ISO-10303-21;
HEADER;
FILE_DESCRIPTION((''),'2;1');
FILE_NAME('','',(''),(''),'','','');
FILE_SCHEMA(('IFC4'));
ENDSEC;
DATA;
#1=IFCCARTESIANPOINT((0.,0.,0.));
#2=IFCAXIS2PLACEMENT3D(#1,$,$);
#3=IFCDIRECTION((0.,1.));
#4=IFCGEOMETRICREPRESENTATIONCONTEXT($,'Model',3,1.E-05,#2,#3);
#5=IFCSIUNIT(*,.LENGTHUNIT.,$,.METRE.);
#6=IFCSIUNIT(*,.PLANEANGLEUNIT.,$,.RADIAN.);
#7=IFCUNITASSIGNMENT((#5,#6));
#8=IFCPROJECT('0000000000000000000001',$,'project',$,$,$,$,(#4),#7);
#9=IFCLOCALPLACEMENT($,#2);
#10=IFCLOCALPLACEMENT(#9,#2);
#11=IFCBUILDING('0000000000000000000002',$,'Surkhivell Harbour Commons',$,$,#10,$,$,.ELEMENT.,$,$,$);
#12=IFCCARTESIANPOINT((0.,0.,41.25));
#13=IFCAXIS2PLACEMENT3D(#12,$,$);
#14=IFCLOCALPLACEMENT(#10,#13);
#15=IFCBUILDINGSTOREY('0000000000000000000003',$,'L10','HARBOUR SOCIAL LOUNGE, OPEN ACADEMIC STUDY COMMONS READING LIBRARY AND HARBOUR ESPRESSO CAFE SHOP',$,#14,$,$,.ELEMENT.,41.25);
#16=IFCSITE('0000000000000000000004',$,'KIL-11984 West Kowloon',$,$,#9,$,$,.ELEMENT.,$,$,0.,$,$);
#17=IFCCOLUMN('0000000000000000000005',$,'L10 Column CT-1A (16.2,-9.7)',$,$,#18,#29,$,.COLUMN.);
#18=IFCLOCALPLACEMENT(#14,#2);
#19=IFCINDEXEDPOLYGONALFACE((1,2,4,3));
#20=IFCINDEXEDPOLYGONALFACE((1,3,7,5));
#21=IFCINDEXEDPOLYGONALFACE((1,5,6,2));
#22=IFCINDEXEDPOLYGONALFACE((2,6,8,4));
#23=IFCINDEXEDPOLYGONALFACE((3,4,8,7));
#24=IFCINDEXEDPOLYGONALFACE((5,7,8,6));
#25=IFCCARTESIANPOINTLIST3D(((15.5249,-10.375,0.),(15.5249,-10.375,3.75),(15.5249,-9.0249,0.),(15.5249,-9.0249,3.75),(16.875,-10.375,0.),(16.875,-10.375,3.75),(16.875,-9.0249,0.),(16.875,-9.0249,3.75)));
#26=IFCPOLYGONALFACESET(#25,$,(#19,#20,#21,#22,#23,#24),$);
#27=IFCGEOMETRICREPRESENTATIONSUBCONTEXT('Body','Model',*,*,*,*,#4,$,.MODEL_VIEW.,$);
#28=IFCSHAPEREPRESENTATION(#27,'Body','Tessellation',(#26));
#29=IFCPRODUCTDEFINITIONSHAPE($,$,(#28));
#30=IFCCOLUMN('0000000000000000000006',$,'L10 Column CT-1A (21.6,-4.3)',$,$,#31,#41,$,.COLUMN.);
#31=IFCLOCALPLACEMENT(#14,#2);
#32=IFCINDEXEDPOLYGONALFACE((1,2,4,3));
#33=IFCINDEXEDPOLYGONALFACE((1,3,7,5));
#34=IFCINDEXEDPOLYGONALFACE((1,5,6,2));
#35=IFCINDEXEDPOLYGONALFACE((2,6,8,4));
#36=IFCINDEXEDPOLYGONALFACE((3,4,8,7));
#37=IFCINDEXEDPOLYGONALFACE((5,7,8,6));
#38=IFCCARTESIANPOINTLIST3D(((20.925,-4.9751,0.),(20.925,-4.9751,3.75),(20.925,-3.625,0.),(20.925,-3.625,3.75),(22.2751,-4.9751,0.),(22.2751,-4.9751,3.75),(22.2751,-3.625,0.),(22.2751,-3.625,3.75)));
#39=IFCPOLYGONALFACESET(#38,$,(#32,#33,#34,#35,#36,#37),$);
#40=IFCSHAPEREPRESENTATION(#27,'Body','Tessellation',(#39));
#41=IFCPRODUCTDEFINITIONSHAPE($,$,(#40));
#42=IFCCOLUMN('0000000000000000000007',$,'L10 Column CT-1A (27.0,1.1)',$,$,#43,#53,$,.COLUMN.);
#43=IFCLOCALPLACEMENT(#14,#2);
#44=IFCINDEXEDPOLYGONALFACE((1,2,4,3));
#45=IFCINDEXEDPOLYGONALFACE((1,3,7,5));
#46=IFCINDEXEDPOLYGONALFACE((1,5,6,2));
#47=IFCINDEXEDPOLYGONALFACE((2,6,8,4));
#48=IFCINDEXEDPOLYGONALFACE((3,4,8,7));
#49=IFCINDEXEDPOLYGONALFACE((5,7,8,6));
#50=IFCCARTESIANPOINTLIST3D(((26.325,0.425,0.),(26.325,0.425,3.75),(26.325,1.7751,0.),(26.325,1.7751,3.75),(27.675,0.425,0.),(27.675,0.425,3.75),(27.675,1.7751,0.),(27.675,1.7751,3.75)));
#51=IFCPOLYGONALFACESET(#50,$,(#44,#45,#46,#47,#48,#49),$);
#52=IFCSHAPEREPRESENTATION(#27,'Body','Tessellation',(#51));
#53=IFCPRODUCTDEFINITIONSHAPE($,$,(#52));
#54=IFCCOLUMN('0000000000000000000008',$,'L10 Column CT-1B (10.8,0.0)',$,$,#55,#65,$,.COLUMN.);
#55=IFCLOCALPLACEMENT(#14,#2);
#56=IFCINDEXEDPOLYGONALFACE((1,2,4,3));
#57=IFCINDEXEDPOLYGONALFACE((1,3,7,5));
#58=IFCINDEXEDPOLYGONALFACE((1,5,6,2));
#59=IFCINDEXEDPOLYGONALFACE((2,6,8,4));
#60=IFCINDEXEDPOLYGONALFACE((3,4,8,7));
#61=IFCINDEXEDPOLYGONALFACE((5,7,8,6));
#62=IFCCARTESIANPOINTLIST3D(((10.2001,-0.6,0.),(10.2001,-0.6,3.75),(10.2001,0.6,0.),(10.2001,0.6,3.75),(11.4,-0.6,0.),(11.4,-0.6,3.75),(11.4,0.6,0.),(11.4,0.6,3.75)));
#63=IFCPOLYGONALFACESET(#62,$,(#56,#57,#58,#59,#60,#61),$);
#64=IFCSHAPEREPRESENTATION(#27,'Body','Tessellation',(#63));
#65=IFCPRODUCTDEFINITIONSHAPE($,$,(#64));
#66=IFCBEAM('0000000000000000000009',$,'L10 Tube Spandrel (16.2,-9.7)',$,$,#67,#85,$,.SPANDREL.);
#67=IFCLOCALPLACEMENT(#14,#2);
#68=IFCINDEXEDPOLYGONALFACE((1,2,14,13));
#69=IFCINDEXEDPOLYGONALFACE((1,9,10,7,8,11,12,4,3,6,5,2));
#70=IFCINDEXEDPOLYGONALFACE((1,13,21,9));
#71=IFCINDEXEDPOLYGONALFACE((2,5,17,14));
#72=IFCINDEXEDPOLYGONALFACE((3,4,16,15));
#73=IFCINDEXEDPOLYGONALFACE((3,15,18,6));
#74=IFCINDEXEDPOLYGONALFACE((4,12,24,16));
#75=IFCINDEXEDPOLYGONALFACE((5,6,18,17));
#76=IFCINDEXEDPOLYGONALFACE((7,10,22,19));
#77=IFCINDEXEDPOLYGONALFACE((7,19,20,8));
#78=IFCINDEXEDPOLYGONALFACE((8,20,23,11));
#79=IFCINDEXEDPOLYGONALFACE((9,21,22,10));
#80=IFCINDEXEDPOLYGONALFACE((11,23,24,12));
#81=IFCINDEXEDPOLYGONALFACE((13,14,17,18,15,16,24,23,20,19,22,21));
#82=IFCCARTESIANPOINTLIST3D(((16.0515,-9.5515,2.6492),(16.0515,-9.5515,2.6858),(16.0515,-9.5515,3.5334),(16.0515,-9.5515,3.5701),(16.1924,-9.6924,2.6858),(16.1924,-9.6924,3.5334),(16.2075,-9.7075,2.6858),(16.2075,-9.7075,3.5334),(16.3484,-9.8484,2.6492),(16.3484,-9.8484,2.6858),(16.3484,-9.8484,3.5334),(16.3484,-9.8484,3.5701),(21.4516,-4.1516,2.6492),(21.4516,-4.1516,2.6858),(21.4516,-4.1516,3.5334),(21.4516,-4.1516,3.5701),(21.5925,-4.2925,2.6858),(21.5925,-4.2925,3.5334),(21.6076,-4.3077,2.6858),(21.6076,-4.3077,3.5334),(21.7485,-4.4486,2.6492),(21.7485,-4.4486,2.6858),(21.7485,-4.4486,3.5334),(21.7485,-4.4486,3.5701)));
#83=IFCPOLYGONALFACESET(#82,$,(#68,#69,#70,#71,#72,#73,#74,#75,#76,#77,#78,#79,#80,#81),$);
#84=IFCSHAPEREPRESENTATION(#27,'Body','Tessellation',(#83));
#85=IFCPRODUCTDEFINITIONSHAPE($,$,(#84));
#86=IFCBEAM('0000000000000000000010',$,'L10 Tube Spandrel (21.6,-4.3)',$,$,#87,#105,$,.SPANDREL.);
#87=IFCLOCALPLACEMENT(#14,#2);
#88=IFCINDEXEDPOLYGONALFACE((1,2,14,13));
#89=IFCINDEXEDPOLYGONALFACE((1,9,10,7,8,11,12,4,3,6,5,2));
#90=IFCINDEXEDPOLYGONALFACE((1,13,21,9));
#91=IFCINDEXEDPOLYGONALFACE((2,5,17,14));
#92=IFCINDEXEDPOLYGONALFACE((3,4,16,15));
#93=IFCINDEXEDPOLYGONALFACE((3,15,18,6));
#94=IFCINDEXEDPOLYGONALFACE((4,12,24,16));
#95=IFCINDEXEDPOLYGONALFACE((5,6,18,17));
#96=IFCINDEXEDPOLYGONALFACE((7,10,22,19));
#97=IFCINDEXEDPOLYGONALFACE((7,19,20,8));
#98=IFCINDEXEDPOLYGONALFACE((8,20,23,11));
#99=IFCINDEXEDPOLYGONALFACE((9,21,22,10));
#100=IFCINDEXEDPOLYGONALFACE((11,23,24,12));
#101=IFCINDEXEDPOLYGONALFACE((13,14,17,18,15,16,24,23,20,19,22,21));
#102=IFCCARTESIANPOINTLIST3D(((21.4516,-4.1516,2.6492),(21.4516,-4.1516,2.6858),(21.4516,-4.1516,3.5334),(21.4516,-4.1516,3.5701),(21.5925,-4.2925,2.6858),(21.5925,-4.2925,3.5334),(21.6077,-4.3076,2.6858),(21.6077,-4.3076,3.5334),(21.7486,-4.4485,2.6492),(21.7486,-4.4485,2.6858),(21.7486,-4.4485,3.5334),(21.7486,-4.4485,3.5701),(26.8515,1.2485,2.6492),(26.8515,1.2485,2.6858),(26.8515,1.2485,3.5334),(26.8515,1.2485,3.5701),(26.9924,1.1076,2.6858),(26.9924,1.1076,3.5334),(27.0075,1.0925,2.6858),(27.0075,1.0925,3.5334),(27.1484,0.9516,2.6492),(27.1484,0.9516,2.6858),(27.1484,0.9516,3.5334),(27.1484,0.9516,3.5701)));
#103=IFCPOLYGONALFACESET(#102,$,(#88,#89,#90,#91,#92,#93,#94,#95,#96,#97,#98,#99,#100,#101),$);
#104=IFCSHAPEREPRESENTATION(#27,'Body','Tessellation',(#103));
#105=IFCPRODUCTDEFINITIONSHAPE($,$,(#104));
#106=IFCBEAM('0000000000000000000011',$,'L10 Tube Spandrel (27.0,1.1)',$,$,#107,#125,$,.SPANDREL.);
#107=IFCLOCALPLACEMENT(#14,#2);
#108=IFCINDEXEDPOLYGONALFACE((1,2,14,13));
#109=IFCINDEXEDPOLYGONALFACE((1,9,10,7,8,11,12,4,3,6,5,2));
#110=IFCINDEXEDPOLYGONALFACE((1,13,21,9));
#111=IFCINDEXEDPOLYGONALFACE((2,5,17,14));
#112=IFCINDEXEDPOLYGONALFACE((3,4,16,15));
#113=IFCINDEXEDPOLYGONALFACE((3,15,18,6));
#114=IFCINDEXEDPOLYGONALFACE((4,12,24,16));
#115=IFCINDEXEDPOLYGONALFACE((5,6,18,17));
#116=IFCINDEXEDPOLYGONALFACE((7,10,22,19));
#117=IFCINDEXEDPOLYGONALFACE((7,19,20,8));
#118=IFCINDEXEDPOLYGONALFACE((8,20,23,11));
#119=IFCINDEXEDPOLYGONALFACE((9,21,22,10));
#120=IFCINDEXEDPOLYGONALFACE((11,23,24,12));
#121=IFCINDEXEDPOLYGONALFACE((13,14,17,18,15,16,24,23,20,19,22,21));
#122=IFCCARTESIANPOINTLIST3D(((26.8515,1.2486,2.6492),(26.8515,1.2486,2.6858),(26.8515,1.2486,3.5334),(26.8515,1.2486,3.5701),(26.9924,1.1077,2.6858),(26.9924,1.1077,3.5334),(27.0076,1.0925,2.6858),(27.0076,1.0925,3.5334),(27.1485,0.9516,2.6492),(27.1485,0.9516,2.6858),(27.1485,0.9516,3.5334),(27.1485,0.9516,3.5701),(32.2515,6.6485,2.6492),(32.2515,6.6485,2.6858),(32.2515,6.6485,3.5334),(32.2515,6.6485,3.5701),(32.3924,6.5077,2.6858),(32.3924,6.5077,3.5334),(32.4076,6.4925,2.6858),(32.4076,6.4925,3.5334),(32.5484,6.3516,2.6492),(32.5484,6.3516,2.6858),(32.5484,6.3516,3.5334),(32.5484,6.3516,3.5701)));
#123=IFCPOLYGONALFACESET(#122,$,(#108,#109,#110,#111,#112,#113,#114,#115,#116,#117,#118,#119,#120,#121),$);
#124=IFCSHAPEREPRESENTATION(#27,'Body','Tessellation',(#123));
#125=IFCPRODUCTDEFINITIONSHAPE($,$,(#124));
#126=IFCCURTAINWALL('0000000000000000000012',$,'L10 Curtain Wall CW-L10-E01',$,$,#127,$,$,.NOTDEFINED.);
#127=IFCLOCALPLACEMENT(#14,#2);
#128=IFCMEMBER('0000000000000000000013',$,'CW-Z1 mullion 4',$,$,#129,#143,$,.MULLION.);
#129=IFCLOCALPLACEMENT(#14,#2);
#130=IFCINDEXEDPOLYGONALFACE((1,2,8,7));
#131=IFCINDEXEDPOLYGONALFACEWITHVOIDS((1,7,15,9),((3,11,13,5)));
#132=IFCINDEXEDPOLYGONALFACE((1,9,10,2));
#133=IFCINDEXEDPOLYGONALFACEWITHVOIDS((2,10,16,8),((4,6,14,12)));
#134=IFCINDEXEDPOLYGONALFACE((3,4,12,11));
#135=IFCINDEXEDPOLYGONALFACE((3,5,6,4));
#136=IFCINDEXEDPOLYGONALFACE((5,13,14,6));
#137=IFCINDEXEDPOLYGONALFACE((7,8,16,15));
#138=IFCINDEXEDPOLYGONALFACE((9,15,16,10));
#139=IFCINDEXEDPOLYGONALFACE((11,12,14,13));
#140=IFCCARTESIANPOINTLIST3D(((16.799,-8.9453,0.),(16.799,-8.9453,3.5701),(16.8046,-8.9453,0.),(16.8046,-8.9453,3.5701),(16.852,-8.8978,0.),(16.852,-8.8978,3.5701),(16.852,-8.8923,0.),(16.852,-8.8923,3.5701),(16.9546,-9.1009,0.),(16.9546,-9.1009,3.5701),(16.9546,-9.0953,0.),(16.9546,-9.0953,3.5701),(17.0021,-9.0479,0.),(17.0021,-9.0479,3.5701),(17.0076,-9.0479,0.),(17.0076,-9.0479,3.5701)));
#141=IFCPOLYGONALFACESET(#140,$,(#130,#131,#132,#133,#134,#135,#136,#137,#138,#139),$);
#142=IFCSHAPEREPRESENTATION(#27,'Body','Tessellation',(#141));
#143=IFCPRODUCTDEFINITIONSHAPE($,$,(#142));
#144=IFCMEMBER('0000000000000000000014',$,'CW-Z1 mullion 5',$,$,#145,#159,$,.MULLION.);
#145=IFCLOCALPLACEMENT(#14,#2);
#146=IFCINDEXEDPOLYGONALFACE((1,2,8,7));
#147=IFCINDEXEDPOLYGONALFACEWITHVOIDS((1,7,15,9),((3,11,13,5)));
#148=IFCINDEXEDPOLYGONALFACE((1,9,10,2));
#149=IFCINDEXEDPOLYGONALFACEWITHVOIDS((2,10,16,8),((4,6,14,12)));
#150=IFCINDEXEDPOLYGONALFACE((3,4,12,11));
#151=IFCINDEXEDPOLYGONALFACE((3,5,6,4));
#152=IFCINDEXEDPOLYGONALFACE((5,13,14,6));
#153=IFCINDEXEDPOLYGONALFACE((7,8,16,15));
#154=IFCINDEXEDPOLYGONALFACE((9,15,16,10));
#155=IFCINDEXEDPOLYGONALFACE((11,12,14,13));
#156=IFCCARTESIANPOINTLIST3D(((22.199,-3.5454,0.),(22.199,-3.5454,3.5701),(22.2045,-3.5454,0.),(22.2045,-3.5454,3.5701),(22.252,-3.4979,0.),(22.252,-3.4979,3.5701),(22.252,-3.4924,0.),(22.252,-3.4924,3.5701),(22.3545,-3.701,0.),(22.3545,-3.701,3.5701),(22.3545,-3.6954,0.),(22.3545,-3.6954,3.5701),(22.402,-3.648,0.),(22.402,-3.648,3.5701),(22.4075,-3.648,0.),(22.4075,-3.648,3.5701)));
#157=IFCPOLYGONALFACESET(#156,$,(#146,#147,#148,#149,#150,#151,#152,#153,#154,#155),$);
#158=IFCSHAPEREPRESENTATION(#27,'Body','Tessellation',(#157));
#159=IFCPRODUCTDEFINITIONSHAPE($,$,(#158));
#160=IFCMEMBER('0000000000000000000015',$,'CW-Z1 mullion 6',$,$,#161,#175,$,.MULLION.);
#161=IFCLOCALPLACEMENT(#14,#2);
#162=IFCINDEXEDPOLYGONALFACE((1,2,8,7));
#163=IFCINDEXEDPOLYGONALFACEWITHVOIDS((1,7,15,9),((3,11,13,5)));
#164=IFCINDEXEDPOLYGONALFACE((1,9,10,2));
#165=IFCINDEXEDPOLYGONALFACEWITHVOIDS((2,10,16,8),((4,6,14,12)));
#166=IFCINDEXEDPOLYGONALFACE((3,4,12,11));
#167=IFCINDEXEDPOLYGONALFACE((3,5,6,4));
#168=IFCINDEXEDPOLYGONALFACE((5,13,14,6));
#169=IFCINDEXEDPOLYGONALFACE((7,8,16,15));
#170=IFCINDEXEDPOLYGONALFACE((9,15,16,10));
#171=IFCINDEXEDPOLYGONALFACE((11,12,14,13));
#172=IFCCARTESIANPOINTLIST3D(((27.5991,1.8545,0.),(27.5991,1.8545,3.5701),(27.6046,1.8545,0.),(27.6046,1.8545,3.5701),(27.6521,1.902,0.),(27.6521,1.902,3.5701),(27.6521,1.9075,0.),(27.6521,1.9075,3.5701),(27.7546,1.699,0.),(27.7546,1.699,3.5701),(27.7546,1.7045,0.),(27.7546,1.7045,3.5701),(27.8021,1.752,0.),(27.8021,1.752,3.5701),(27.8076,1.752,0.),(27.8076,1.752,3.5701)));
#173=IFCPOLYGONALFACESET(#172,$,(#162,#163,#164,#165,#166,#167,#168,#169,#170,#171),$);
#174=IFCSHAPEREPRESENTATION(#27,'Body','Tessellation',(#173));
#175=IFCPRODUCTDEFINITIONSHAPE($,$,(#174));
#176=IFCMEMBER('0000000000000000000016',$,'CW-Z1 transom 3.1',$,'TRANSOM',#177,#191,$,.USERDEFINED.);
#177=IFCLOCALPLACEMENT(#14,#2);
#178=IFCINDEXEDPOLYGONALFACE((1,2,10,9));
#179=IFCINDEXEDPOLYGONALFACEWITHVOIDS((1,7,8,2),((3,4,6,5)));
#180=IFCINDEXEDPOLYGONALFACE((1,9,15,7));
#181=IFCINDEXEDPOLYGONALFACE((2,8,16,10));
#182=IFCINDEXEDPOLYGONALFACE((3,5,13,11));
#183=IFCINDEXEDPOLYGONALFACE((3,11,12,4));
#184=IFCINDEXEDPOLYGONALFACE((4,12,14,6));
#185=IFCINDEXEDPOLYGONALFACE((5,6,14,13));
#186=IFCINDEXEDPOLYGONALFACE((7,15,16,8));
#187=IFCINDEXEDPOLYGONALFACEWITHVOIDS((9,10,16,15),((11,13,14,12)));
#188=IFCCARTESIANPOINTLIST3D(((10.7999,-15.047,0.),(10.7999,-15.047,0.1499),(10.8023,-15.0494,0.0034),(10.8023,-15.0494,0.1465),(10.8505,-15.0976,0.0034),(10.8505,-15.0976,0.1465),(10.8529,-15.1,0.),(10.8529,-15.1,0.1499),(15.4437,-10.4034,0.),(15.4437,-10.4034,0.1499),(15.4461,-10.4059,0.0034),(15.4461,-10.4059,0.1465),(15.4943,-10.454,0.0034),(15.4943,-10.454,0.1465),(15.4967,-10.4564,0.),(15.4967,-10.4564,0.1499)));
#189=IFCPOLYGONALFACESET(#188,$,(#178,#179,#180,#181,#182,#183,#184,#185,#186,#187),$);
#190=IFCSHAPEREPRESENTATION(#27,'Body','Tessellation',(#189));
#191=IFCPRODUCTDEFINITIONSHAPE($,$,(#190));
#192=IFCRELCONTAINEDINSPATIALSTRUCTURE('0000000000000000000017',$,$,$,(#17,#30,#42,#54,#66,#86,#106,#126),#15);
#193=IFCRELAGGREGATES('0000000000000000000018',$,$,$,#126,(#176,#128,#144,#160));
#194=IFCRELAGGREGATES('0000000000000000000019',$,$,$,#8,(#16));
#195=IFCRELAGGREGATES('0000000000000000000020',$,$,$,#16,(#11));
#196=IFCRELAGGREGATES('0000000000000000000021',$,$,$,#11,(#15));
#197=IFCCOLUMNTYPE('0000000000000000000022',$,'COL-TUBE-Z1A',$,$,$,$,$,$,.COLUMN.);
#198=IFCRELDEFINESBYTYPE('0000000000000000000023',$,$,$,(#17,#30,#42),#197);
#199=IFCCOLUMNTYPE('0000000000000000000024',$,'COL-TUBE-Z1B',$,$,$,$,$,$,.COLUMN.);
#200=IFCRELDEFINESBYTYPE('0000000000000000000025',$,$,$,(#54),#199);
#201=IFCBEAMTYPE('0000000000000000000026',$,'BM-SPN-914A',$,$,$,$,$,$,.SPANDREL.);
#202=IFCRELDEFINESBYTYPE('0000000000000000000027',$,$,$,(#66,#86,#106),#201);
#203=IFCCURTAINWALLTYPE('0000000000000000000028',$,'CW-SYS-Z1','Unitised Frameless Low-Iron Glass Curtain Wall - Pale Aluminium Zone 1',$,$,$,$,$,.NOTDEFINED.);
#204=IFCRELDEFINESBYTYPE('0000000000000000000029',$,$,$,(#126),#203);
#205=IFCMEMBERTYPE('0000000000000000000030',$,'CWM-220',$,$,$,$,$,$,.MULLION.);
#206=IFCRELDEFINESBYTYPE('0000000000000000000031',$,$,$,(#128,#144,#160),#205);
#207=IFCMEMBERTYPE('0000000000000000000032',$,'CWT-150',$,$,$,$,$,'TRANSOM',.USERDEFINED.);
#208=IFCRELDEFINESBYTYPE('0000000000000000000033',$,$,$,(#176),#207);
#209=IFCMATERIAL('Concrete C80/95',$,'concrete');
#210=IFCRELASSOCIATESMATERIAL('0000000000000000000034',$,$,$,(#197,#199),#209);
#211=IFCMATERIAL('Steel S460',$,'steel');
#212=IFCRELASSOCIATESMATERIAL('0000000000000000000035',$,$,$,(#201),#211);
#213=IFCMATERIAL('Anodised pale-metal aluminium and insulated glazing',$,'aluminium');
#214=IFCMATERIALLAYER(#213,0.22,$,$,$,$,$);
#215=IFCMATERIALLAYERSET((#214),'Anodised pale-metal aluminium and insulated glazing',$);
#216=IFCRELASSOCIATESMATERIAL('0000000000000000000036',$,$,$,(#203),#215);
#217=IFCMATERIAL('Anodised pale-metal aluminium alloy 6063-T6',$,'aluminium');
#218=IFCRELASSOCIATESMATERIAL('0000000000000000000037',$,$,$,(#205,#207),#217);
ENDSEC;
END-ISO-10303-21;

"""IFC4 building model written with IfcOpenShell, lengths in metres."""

from ifc_helpers import new_model, si_unit, direction, frame, origin, origin_2d, place, context, subcontext, project, spatial, rectangle, hollow_rectangle, i_section, extrude, material, layer, layer_set, material_profile, profile_set, type_object, element, aggregate, save


model = new_model("IFC4")

# Units and contexts
model_context = context("Model", 3, precision=1e-05, world=origin(), true_north=direction((0.0, 1.0)))
body_context = subcontext(model_context, "Body", "Model", "MODEL_VIEW")
ifc_project = project(units=[si_unit("LENGTHUNIT", "METRE"), si_unit("PLANEANGLEUNIT", "RADIAN")], contexts=[model_context])

# Site, building, storey
site_placement = place(None, origin())
site = spatial("IfcSite", under=ifc_project, at=site_placement, Name="KIL-11984 West Kowloon", CompositionType="ELEMENT", RefElevation=0.0)
building_placement = place(site_placement, origin())
building = spatial("IfcBuilding", under=site, at=building_placement, Name="Surkhivell Harbour Commons", CompositionType="ELEMENT")
storey_placement = place(building_placement, frame((0.0, 0.0, 41.25)))
storey = spatial("IfcBuildingStorey", under=building, at=storey_placement, Name="L10", Description="HARBOUR SOCIAL LOUNGE, OPEN ACADEMIC STUDY COMMONS READING LIBRARY AND HARBOUR ESPRESSO CAFE SHOP", CompositionType="ELEMENT", Elevation=41.25)

# Columns
ifc_material_1 = material(Name="Concrete C80/95", Category="concrete")
ifc_material_profile_1 = material_profile(ifc_material_1, rectangle(XDim=1.3501, YDim=1.3501, at=origin_2d()), Name="RC-COL-1350x1350")
ifc_profile_set_1 = profile_set([ifc_material_profile_1], Name="Concrete C80/95")
column_type_1 = type_object("IfcColumnType", Name="COL-TUBE-Z1A", PredefinedType="COLUMN", material=ifc_profile_set_1)
for number, where, z_axis, x_axis, name in (
    (1, (16.2, -9.7, 0.0), (0.0, 0.0, 1.0), (1.0, 0.0, 0.0), "L10 Column CT-1A (16.2,-9.7)"),
    (2, (21.6001, -4.3, 0.0), (0.0, 0.0, 1.0), (1.0, 0.0, 0.0), "L10 Column CT-1A (21.6,-4.3)"),
    (3, (27.0, 1.1001, 0.0), (0.0, 0.0, 1.0), (1.0, 0.0, 0.0), "L10 Column CT-1A (27.0,1.1)"),
):
    element("IfcColumn", number, at=place(storey_placement, frame(where, z_axis=z_axis, x_axis=x_axis)), inside=storey, type_object=column_type_1, Name=name, PredefinedType="COLUMN", context=body_context, shape_type="SweptSolid", body=[
        extrude(rectangle(XDim=1.3501, YDim=1.3501, at=origin_2d()), origin(), (0.0, 0.0, 1.0), 3.75),
    ])
ifc_material_profile_2 = material_profile(ifc_material_1, rectangle(XDim=1.2, YDim=1.2, at=origin_2d()), Name="RC-COL-1200x1200")
ifc_profile_set_2 = profile_set([ifc_material_profile_2], Name="Concrete C80/95")
column_type_2 = type_object("IfcColumnType", Name="COL-TUBE-Z1B", PredefinedType="COLUMN", material=ifc_profile_set_2)
column_placement = place(storey_placement, frame((10.8, 0.0, 0.0), z_axis=(0.0, 0.0, 1.0), x_axis=(1.0, 0.0, 0.0)))
element("IfcColumn", 4, at=column_placement, inside=storey, type_object=column_type_2, Name="L10 Column CT-1B (10.8,0.0)", PredefinedType="COLUMN", context=body_context, shape_type="SweptSolid", body=[
    extrude(rectangle(XDim=1.2, YDim=1.2, at=origin_2d()), origin(), (0.0, 0.0, 1.0), 3.75),
])

# Beams
ifc_material_2 = material(Name="Steel S460", Category="steel")
ifc_material_profile_3 = material_profile(ifc_material_2, i_section(OverallWidth=0.4199, OverallDepth=0.9209, WebThickness=0.0215, FlangeThickness=0.0366, at=origin_2d()), Name="UB914x419x388")
ifc_profile_set_3 = profile_set([ifc_material_profile_3], Name="Steel S460")
beam_type = type_object("IfcBeamType", Name="BM-SPN-914A", PredefinedType="SPANDREL", material=ifc_profile_set_3)
for number, where, z_axis, x_axis, name in (
    (5, (16.2, -9.7, 3.1096), (0.707123, 0.707091, 0.0), (-0.707091, 0.707123, 0.0), "L10 Tube Spandrel (16.2,-9.7)"),
    (6, (21.6001, -4.3, 3.1096), (0.707091, 0.707123, 0.0), (-0.707123, 0.707091, 0.0), "L10 Tube Spandrel (21.6,-4.3)"),
    (7, (27.0, 1.1001, 3.1096), (0.707107, 0.707107, 0.0), (-0.707107, 0.707107, 0.0), "L10 Tube Spandrel (27.0,1.1)"),
):
    element("IfcBeam", number, at=place(storey_placement, frame(where, z_axis=z_axis, x_axis=x_axis)), inside=storey, type_object=beam_type, Name=name, PredefinedType="SPANDREL", context=body_context, shape_type="SweptSolid", body=[
        extrude(i_section(OverallWidth=0.4199, OverallDepth=0.9209, WebThickness=0.0215, FlangeThickness=0.0366, at=origin_2d()), origin(), (0.0, 0.0, 1.0), 7.6367),
    ])

# Curtain wall, members
ifc_material_3 = material(Name="Anodised pale-metal aluminium and insulated glazing", Category="aluminium")
ifc_layer_1 = layer(ifc_material_3, 0.22)
ifc_layer_set_1 = layer_set([ifc_layer_1], Name="Anodised pale-metal aluminium and insulated glazing")
curtain_wall_type = type_object("IfcCurtainWallType", Name="CW-SYS-Z1", Description="Unitised Frameless Low-Iron Glass Curtain Wall - Pale Aluminium Zone 1", PredefinedType="NOTDEFINED", material=ifc_layer_set_1)
curtain_wall_placement = place(storey_placement, origin())
curtain_wall = element("IfcCurtainWall", 8, at=curtain_wall_placement, inside=storey, type_object=curtain_wall_type, Name="L10 Curtain Wall CW-L10-E01", PredefinedType="NOTDEFINED")
ifc_material_4 = material(Name="Anodised pale-metal aluminium alloy 6063-T6", Category="aluminium")
ifc_material_profile_4 = material_profile(ifc_material_4, hollow_rectangle(XDim=0.075, YDim=0.22, WallThickness=0.0039, at=origin_2d()), Name="ALU-MULL-75x220")
ifc_profile_set_4 = profile_set([ifc_material_profile_4], Name="Anodised pale-metal aluminium alloy 6063-T6")
member_type_1 = type_object("IfcMemberType", Name="CWM-220", PredefinedType="MULLION", material=ifc_profile_set_4)
member_1_placement = place(storey_placement, frame((16.9033, -8.9966, 0.0), z_axis=(0.0, 0.0, 1.0), x_axis=(0.707107, 0.707107, 0.0)))
member_1 = element("IfcMember", 9, at=member_1_placement, type_object=member_type_1, Name="CW-Z1 mullion 4", PredefinedType="MULLION", context=body_context, shape_type="SweptSolid", body=[
    extrude(hollow_rectangle(XDim=0.075, YDim=0.22, WallThickness=0.0039, at=origin_2d()), origin(), (0.0, 0.0, 1.0), 3.5701),
])
member_2_placement = place(storey_placement, frame((22.3032, -3.5967, 0.0), z_axis=(0.0, 0.0, 1.0), x_axis=(0.707107, 0.707107, 0.0)))
member_2 = element("IfcMember", 10, at=member_2_placement, type_object=member_type_1, Name="CW-Z1 mullion 5", PredefinedType="MULLION", context=body_context, shape_type="SweptSolid", body=[
    extrude(hollow_rectangle(XDim=0.075, YDim=0.22, WallThickness=0.0039, at=origin_2d()), origin(), (0.0, 0.0, 1.0), 3.5701),
])
member_3_placement = place(storey_placement, frame((27.7034, 1.8032, 0.0), z_axis=(0.0, 0.0, 1.0), x_axis=(0.707107, 0.707107, 0.0)))
member_3 = element("IfcMember", 11, at=member_3_placement, type_object=member_type_1, Name="CW-Z1 mullion 6", PredefinedType="MULLION", context=body_context, shape_type="SweptSolid", body=[
    extrude(hollow_rectangle(XDim=0.075, YDim=0.22, WallThickness=0.0039, at=origin_2d()), origin(), (0.0, 0.0, 1.0), 3.5701),
])
ifc_material_profile_5 = material_profile(ifc_material_4, hollow_rectangle(XDim=0.075, YDim=0.1499, WallThickness=0.0034, at=origin_2d()), Name="ALU-TRAN-75x150")
ifc_profile_set_5 = profile_set([ifc_material_profile_5], Name="Anodised pale-metal aluminium alloy 6063-T6")
member_type_2 = type_object("IfcMemberType", Name="CWT-150", ElementType="TRANSOM", PredefinedType="USERDEFINED", material=ifc_profile_set_5)
member_4_placement = place(storey_placement, frame((10.8264, -15.0735, 0.075), z_axis=(0.707125, 0.707088, 0.0), x_axis=(-0.707088, 0.707125, 0.0)))
member_4 = element("IfcMember", 12, at=member_4_placement, type_object=member_type_2, Name="CW-Z1 transom 3.1", ObjectType="TRANSOM", PredefinedType="USERDEFINED", context=body_context, shape_type="SweptSolid", body=[
    extrude(hollow_rectangle(XDim=0.075, YDim=0.1499, WallThickness=0.0034, at=origin_2d()), origin(), (0.0, 0.0, 1.0), 6.5671),
])
aggregate(curtain_wall, [member_4, member_1, member_2, member_3])

save(model, "model.ifc")
